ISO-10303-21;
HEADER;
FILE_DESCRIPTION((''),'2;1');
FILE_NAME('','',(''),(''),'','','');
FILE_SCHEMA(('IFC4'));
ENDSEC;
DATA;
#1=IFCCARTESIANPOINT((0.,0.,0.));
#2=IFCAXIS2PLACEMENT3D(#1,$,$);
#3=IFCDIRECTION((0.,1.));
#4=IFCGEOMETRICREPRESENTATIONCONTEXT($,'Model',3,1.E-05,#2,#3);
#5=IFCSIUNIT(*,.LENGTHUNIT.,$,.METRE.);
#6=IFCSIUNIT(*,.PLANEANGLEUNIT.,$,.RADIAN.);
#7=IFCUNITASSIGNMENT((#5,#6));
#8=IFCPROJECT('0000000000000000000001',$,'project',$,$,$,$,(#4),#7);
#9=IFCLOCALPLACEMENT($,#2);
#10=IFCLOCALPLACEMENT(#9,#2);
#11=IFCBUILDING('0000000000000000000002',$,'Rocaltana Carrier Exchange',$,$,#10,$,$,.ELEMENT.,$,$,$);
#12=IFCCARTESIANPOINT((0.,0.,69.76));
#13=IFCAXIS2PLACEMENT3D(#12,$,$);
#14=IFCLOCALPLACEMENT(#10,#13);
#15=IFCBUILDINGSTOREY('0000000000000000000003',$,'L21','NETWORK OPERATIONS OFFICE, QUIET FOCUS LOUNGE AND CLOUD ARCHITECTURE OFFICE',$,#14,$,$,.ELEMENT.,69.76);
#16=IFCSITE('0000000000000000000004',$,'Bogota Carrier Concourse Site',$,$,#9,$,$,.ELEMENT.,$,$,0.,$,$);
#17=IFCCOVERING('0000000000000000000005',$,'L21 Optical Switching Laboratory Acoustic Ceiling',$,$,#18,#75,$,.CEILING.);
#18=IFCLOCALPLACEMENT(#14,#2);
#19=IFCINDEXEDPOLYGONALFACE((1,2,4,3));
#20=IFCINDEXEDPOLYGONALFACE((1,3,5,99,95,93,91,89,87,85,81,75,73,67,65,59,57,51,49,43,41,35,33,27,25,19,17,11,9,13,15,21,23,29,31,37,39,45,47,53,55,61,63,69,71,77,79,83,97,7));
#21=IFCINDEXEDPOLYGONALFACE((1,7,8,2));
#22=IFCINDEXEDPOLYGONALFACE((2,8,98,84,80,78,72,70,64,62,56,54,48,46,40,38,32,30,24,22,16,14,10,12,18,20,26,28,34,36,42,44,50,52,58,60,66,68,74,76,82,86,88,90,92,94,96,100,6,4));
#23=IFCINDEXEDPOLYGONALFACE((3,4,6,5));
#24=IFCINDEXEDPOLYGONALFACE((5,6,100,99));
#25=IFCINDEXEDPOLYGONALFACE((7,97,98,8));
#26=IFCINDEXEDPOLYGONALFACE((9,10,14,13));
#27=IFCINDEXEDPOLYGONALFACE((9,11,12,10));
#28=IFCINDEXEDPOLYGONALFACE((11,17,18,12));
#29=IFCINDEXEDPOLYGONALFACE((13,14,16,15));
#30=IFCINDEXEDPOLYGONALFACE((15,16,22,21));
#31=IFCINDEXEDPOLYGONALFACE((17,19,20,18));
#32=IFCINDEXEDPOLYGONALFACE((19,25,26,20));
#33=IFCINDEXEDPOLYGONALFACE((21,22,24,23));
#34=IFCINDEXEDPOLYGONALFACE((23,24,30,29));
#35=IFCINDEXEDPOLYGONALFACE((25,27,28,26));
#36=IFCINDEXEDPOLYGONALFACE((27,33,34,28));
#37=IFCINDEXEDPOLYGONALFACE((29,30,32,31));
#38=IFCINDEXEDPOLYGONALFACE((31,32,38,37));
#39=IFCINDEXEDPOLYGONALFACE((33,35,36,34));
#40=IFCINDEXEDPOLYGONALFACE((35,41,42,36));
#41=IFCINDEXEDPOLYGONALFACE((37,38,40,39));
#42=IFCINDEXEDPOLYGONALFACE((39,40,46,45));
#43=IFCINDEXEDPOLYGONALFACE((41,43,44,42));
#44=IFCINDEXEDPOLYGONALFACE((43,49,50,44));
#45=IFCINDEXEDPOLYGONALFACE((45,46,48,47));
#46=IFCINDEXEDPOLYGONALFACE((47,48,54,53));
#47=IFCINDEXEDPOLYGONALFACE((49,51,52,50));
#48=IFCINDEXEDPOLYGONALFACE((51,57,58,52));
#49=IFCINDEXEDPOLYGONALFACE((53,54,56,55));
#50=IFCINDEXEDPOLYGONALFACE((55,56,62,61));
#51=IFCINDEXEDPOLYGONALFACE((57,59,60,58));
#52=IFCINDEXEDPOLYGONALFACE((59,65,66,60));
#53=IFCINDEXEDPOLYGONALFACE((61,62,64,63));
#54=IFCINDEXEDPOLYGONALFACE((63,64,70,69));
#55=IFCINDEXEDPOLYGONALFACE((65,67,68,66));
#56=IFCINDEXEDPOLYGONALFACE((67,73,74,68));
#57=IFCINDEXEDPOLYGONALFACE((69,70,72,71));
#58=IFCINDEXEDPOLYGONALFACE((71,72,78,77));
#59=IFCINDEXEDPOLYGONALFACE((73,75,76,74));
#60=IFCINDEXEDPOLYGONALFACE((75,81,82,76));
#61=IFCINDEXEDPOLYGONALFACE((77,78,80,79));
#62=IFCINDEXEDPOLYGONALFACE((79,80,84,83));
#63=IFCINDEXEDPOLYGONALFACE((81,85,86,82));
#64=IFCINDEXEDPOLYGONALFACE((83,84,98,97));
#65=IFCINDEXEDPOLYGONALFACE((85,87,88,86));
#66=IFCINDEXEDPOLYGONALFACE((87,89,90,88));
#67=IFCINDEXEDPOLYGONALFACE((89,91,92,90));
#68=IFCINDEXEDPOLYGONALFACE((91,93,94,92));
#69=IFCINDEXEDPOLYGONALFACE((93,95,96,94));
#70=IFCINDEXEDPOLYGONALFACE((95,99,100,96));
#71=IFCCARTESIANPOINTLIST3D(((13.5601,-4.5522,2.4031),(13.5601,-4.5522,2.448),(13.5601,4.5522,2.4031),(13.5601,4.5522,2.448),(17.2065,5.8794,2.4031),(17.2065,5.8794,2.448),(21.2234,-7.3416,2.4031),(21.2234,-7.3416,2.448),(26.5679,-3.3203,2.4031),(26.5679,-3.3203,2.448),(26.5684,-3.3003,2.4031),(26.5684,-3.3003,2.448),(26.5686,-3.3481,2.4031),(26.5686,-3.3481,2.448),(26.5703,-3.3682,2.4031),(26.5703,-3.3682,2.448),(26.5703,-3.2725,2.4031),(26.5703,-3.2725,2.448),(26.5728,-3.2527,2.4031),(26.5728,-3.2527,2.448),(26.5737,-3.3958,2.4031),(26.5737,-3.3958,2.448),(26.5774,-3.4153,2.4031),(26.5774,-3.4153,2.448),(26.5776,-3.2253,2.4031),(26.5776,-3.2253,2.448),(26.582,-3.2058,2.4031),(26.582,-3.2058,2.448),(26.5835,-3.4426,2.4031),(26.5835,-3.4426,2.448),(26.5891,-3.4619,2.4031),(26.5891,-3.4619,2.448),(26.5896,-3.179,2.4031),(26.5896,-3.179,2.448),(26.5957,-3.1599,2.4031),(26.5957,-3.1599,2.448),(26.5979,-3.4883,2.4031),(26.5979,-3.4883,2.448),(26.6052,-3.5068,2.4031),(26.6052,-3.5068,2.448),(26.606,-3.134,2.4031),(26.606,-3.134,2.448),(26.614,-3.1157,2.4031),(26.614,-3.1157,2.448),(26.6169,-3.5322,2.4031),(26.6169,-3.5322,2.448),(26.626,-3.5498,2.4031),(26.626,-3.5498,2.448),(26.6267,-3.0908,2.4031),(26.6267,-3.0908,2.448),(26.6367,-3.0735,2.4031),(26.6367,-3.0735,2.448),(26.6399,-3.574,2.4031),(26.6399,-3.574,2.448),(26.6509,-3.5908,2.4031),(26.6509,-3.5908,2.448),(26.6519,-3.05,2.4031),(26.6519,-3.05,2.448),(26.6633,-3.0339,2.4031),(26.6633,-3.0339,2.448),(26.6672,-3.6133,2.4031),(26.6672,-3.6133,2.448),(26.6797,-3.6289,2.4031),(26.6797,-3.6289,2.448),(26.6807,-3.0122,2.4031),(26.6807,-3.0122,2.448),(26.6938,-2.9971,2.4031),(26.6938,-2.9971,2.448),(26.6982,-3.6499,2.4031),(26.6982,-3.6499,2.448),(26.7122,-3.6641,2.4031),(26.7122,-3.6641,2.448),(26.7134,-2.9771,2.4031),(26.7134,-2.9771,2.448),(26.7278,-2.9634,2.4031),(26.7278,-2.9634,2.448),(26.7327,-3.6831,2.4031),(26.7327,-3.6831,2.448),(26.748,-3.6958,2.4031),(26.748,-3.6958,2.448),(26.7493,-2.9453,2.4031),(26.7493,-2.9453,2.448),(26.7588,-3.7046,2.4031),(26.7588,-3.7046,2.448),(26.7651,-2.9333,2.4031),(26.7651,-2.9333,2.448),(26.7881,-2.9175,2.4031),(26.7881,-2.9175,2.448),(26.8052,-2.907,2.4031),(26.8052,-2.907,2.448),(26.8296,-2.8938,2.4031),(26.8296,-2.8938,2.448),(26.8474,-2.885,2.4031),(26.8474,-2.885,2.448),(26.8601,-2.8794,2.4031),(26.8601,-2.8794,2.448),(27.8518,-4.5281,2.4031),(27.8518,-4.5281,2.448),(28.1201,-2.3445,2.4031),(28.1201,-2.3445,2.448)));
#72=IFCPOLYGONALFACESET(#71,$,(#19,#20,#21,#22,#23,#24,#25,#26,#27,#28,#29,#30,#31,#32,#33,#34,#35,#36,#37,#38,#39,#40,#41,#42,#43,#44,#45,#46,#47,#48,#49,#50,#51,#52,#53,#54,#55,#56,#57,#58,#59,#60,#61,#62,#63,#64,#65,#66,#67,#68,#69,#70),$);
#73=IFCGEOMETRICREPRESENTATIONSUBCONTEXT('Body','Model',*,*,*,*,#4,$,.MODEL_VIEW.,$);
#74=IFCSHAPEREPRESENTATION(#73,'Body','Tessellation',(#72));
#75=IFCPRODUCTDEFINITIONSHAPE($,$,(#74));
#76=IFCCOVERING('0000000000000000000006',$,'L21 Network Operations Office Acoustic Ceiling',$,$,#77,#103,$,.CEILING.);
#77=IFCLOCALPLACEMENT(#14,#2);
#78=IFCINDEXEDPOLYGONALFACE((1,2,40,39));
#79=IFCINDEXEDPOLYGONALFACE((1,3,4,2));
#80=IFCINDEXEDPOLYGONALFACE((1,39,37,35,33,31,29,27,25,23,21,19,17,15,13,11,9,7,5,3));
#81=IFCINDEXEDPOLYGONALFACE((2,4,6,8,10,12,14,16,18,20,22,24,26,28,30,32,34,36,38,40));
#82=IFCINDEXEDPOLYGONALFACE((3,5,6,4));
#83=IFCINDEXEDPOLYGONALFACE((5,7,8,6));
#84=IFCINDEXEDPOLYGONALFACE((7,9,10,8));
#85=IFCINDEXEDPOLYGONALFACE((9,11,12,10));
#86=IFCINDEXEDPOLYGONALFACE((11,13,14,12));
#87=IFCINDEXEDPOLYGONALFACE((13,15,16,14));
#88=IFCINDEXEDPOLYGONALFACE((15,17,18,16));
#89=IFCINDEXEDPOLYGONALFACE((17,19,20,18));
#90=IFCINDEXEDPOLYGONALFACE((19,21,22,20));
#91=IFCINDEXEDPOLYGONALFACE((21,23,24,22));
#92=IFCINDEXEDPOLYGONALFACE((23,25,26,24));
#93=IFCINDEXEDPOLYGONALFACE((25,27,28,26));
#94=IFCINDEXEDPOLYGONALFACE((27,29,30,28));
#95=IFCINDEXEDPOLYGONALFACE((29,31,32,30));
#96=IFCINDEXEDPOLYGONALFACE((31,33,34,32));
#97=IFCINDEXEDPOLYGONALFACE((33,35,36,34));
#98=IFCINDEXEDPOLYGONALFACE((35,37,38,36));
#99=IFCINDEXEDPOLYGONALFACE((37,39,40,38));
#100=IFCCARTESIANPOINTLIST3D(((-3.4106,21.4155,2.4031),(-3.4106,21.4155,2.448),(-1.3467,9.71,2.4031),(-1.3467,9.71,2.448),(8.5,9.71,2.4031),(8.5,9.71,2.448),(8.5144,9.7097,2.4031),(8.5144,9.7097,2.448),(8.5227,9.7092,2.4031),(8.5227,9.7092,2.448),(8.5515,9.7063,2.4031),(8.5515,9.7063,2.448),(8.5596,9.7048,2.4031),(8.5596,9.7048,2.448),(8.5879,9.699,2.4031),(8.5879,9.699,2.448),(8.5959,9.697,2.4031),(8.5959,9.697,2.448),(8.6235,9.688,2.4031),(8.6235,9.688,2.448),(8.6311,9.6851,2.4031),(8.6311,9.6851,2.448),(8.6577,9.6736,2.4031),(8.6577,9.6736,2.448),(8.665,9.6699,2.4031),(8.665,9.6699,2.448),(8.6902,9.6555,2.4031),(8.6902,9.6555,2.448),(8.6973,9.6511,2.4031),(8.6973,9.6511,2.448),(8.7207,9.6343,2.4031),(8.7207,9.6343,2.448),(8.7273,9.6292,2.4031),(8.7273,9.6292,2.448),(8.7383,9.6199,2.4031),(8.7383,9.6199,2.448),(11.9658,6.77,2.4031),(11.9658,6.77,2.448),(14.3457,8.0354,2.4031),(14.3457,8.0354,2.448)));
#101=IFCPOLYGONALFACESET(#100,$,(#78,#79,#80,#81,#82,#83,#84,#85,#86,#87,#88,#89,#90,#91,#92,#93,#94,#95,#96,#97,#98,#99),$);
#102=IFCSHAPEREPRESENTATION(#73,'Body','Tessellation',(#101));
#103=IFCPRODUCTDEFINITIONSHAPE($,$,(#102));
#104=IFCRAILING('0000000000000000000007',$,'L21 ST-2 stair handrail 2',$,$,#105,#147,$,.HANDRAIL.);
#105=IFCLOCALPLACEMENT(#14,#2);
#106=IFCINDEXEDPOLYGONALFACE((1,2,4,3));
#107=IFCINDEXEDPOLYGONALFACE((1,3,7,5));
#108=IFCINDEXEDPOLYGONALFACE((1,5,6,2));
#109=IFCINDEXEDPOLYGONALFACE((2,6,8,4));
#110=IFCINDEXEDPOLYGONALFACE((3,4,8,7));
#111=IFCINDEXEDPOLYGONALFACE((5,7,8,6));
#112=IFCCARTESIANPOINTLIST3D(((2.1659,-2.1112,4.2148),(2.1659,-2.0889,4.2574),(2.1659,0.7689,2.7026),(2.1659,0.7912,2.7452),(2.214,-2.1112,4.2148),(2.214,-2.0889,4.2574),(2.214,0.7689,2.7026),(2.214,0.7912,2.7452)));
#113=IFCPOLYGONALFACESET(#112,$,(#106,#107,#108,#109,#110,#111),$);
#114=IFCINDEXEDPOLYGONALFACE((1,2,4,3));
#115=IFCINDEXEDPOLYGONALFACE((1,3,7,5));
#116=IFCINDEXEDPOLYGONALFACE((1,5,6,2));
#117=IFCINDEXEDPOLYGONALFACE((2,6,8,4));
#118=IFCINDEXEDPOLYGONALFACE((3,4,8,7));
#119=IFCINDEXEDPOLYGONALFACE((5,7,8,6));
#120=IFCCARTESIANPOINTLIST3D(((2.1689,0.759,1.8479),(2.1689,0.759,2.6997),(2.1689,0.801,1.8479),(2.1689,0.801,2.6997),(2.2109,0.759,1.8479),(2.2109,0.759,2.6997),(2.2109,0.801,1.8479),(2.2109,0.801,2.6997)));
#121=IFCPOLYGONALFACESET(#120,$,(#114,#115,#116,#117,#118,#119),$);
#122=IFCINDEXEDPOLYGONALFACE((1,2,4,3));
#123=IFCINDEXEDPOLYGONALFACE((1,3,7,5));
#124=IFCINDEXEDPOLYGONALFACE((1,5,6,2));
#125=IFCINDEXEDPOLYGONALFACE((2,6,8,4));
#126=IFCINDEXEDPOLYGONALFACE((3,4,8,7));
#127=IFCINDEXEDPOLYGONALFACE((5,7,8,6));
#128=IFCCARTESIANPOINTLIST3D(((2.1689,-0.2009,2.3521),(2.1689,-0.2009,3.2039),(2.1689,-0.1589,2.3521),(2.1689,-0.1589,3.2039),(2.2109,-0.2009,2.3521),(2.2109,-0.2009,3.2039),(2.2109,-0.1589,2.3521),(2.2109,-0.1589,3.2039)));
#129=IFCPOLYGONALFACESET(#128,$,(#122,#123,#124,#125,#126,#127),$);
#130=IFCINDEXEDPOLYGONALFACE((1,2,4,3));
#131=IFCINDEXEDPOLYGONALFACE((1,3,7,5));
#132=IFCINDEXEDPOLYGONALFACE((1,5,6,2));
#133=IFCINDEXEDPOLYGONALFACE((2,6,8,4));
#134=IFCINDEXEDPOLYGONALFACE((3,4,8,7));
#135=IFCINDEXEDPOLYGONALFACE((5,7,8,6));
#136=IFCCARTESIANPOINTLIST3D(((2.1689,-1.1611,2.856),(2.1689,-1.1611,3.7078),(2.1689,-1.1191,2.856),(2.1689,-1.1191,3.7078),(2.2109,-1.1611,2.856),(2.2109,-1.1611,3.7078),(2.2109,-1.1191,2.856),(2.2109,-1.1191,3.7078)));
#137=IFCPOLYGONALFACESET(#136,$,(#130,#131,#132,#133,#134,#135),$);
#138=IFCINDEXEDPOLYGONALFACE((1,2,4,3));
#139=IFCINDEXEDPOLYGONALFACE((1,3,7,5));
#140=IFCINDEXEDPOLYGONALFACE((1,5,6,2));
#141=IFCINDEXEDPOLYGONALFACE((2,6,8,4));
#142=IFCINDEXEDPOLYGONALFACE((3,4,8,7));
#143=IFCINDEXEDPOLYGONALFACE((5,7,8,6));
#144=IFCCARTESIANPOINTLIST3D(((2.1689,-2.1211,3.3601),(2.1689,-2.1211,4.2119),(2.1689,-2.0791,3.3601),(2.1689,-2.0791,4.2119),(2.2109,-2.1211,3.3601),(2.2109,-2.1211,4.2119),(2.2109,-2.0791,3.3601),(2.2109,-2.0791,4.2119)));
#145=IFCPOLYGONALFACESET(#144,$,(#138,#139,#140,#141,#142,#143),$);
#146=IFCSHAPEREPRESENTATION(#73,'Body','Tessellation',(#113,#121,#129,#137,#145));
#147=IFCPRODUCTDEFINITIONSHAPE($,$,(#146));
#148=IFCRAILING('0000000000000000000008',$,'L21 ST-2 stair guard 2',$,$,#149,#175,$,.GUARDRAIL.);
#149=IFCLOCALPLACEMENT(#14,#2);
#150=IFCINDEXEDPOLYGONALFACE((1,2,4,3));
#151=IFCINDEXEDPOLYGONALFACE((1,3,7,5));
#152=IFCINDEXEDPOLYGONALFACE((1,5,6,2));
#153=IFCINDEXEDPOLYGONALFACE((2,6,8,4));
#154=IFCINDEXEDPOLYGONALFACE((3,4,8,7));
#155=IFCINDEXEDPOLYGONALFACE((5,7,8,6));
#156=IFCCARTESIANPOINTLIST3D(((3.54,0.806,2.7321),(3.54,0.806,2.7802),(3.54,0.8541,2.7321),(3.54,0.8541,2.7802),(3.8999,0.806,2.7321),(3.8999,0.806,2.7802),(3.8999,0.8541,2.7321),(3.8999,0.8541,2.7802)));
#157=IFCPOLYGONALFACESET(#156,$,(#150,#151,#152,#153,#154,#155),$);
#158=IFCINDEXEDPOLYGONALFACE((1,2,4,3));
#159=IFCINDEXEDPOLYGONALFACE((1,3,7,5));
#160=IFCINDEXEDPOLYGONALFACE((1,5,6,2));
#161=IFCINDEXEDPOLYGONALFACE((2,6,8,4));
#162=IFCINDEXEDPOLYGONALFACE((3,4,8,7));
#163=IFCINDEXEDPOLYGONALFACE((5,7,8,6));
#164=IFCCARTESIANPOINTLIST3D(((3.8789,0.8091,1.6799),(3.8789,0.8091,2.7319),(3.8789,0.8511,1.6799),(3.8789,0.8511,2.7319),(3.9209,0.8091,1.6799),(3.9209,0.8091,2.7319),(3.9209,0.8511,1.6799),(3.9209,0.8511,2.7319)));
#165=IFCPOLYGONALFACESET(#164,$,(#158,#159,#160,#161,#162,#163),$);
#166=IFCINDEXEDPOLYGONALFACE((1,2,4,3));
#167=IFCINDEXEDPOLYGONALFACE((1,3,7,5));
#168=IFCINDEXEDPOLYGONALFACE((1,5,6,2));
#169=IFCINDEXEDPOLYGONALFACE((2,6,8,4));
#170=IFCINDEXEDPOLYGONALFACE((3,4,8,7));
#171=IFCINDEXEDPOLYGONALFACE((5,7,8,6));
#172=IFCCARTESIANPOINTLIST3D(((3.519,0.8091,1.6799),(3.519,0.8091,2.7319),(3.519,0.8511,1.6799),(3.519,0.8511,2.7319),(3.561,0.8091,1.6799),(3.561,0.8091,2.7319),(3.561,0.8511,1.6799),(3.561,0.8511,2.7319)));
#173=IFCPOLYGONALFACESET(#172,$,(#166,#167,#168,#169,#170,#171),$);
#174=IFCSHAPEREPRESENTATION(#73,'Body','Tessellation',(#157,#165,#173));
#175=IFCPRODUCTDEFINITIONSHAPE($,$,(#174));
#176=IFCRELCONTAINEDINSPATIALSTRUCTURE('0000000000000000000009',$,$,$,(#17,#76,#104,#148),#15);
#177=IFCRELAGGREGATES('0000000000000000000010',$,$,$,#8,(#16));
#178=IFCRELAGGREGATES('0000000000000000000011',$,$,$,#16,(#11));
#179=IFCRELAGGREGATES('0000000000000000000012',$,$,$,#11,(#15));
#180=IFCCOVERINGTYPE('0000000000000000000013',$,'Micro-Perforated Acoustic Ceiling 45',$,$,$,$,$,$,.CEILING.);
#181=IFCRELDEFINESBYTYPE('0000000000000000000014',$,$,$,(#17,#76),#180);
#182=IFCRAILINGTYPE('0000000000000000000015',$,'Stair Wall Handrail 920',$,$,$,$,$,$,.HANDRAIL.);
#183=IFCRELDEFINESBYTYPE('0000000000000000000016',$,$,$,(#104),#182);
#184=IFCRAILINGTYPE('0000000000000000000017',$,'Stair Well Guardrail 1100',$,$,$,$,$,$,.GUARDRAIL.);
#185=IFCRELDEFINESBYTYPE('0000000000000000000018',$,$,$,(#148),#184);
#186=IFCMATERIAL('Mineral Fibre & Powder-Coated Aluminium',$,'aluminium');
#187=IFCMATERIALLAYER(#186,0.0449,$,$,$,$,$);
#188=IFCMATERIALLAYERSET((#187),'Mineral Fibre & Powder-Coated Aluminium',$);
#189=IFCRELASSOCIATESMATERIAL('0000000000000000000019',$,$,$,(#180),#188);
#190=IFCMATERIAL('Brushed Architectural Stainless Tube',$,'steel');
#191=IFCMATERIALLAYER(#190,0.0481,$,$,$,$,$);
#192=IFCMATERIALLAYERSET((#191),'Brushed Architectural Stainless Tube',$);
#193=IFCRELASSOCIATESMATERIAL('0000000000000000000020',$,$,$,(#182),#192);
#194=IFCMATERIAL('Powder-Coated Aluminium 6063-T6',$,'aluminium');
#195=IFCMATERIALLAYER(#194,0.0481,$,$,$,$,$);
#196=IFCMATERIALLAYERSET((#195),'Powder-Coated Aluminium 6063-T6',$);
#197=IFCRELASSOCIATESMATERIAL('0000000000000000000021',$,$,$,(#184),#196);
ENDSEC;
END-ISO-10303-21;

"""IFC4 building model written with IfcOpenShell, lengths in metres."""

from ifc_helpers import new_model, si_unit, direction, frame, origin, origin_2d, place, context, subcontext, project, spatial, polyline, rectangle, outline, extrude, material, layer, layer_set, type_object, element, save


model = new_model("IFC4")

# Units and contexts
model_context = context("Model", 3, precision=1e-05, world=origin(), true_north=direction((0.0, 1.0)))
body_context = subcontext(model_context, "Body", "Model", "MODEL_VIEW")
ifc_project = project(units=[si_unit("LENGTHUNIT", "METRE"), si_unit("PLANEANGLEUNIT", "RADIAN")], contexts=[model_context])

# Site, building, storey
site_placement = place(None, origin())
site = spatial("IfcSite", under=ifc_project, at=site_placement, Name="Bogota Carrier Concourse Site", CompositionType="ELEMENT", RefElevation=0.0)
building_placement = place(site_placement, origin())
building = spatial("IfcBuilding", under=site, at=building_placement, Name="Rocaltana Carrier Exchange", CompositionType="ELEMENT")
storey_placement = place(building_placement, frame((0.0, 0.0, 69.76)))
storey = spatial("IfcBuildingStorey", under=building, at=storey_placement, Name="L21", Description="NETWORK OPERATIONS OFFICE, QUIET FOCUS LOUNGE AND CLOUD ARCHITECTURE OFFICE", CompositionType="ELEMENT", Elevation=69.76)

# Coverings
ifc_material_1 = material(Name="Mineral Fibre & Powder-Coated Aluminium", Category="aluminium")
ifc_layer_1 = layer(ifc_material_1, 0.0449)
ifc_layer_set_1 = layer_set([ifc_layer_1], Name="Mineral Fibre & Powder-Coated Aluminium")
covering_type_1 = type_object("IfcCoveringType", Name="Micro-Perforated Acoustic Ceiling 45", PredefinedType="CEILING", material=ifc_layer_set_1)
covering_1_placement = place(storey_placement, frame((0.0, 0.0, 2.4031)))
element("IfcCovering", 1, at=covering_1_placement, inside=storey, type_object=covering_type_1, Name="L21 Optical Switching Laboratory Acoustic Ceiling", PredefinedType="CEILING", context=body_context, shape_type="SweptSolid", body=[
    extrude(outline(polyline([(28.1201, -2.3445), (26.8601, -2.8794), (26.8474, -2.885), (26.8296, -2.8938), (26.8052, -2.907), (26.7881, -2.9175), (26.7651, -2.9333), (26.7493, -2.9453), (26.7278, -2.9634), (26.7134, -2.9771), (26.6938, -2.9971), (26.6807, -3.0122), (26.6633, -3.0339), (26.6519, -3.05), (26.6367, -3.0735), (26.6267, -3.0908), (26.614, -3.1157), (26.606, -3.134), (26.5957, -3.1599), (26.5896, -3.179), (26.582, -3.2058), (26.5776, -3.2253), (26.5728, -3.2527), (26.5703, -3.2725), (26.5684, -3.3003), (26.5679, -3.3203), (26.5686, -3.3481), (26.5703, -3.3682), (26.5737, -3.3958), (26.5774, -3.4153), (26.5835, -3.4426), (26.5891, -3.4619), (26.5979, -3.4883), (26.6052, -3.5068), (26.6169, -3.5322), (26.626, -3.5498), (26.6399, -3.574), (26.6509, -3.5908), (26.6672, -3.6133), (26.6797, -3.6289), (26.6982, -3.6499), (26.7122, -3.6641), (26.7327, -3.6831), (26.748, -3.6958), (26.7588, -3.7046), (27.8518, -4.5281), (21.2234, -7.3416), (13.5601, -4.5522), (13.5601, 4.5522), (17.2065, 5.8794), (28.1201, -2.3445)])), origin(), (0.0, 0.0, 1.0), 0.0449),
])
covering_2_placement = place(storey_placement, frame((0.0, 0.0, 2.4031)))
element("IfcCovering", 2, at=covering_2_placement, inside=storey, type_object=covering_type_1, Name="L21 Network Operations Office Acoustic Ceiling", PredefinedType="CEILING", context=body_context, shape_type="SweptSolid", body=[
    extrude(outline(polyline([(14.3457, 8.0354), (11.9658, 6.77), (8.7383, 9.6199), (8.7273, 9.6292), (8.7207, 9.6343), (8.6973, 9.6511), (8.6902, 9.6555), (8.665, 9.6699), (8.6577, 9.6736), (8.6311, 9.6851), (8.6235, 9.688), (8.5959, 9.697), (8.5879, 9.699), (8.5596, 9.7048), (8.5515, 9.7063), (8.5227, 9.7092), (8.5144, 9.7097), (8.5, 9.71), (-1.3467, 9.71), (-3.4106, 21.4155), (14.3457, 8.0354)])), origin(), (0.0, 0.0, 1.0), 0.0449),
])

# Railings
ifc_material_2 = material(Name="Brushed Architectural Stainless Tube", Category="steel")
ifc_layer_2 = layer(ifc_material_2, 0.0481)
ifc_layer_set_2 = layer_set([ifc_layer_2], Name="Brushed Architectural Stainless Tube")
railing_type_1 = type_object("IfcRailingType", Name="Stair Wall Handrail 920", PredefinedType="HANDRAIL", material=ifc_layer_set_2)
railing_1_placement = place(storey_placement, frame((2.1899, 0.78, 1.8479)))
element("IfcRailing", 3, at=railing_1_placement, inside=storey, type_object=railing_type_1, Name="L21 ST-2 stair handrail 2", PredefinedType="HANDRAIL", context=body_context, shape_type="SweptSolid", body=[
    extrude(rectangle(XDim=0.0481, YDim=0.0481, at=origin_2d()), frame((0.0, 0.0, 0.876), z_axis=(0.0, -0.88538, 0.464868), x_axis=(1.0, 0.0, 0.0)), (0.0, 0.0, 1.0), 3.2529),
    extrude(rectangle(XDim=0.042, YDim=0.042, at=origin_2d()), origin(), (0.0, 0.0, 1.0), 0.8518),
    extrude(rectangle(XDim=0.042, YDim=0.042, at=origin_2d()), frame((0.0, -0.96, 0.5042)), (0.0, 0.0, 1.0), 0.8518),
    extrude(rectangle(XDim=0.042, YDim=0.042, at=origin_2d()), frame((0.0, -1.9202, 1.0081)), (0.0, 0.0, 1.0), 0.8518),
    extrude(rectangle(XDim=0.042, YDim=0.042, at=origin_2d()), frame((0.0, -2.8801, 1.5122)), (0.0, 0.0, 1.0), 0.8518),
])
ifc_material_3 = material(Name="Powder-Coated Aluminium 6063-T6", Category="aluminium")
ifc_layer_3 = layer(ifc_material_3, 0.0481)
ifc_layer_set_3 = layer_set([ifc_layer_3], Name="Powder-Coated Aluminium 6063-T6")
railing_type_2 = type_object("IfcRailingType", Name="Stair Well Guardrail 1100", PredefinedType="GUARDRAIL", material=ifc_layer_set_3)
railing_2_placement = place(storey_placement, frame((3.8999, 0.8301, 1.6799)))
element("IfcRailing", 4, at=railing_2_placement, inside=storey, type_object=railing_type_2, Name="L21 ST-2 stair guard 2", PredefinedType="GUARDRAIL", context=body_context, shape_type="SweptSolid", body=[
    extrude(rectangle(XDim=0.0481, YDim=0.0481, at=origin_2d()), frame((0.0, 0.0, 1.0762), z_axis=(-1.0, 0.0, 0.0), x_axis=(0.0, -1.0, 0.0)), (0.0, 0.0, 1.0), 0.3599),
    extrude(rectangle(XDim=0.042, YDim=0.042, at=origin_2d()), origin(), (0.0, 0.0, 1.0), 1.052),
    extrude(rectangle(XDim=0.042, YDim=0.042, at=origin_2d()), frame((-0.3599, 0.0, 0.0)), (0.0, 0.0, 1.0), 1.052),
])

save(model, "model.ifc")
